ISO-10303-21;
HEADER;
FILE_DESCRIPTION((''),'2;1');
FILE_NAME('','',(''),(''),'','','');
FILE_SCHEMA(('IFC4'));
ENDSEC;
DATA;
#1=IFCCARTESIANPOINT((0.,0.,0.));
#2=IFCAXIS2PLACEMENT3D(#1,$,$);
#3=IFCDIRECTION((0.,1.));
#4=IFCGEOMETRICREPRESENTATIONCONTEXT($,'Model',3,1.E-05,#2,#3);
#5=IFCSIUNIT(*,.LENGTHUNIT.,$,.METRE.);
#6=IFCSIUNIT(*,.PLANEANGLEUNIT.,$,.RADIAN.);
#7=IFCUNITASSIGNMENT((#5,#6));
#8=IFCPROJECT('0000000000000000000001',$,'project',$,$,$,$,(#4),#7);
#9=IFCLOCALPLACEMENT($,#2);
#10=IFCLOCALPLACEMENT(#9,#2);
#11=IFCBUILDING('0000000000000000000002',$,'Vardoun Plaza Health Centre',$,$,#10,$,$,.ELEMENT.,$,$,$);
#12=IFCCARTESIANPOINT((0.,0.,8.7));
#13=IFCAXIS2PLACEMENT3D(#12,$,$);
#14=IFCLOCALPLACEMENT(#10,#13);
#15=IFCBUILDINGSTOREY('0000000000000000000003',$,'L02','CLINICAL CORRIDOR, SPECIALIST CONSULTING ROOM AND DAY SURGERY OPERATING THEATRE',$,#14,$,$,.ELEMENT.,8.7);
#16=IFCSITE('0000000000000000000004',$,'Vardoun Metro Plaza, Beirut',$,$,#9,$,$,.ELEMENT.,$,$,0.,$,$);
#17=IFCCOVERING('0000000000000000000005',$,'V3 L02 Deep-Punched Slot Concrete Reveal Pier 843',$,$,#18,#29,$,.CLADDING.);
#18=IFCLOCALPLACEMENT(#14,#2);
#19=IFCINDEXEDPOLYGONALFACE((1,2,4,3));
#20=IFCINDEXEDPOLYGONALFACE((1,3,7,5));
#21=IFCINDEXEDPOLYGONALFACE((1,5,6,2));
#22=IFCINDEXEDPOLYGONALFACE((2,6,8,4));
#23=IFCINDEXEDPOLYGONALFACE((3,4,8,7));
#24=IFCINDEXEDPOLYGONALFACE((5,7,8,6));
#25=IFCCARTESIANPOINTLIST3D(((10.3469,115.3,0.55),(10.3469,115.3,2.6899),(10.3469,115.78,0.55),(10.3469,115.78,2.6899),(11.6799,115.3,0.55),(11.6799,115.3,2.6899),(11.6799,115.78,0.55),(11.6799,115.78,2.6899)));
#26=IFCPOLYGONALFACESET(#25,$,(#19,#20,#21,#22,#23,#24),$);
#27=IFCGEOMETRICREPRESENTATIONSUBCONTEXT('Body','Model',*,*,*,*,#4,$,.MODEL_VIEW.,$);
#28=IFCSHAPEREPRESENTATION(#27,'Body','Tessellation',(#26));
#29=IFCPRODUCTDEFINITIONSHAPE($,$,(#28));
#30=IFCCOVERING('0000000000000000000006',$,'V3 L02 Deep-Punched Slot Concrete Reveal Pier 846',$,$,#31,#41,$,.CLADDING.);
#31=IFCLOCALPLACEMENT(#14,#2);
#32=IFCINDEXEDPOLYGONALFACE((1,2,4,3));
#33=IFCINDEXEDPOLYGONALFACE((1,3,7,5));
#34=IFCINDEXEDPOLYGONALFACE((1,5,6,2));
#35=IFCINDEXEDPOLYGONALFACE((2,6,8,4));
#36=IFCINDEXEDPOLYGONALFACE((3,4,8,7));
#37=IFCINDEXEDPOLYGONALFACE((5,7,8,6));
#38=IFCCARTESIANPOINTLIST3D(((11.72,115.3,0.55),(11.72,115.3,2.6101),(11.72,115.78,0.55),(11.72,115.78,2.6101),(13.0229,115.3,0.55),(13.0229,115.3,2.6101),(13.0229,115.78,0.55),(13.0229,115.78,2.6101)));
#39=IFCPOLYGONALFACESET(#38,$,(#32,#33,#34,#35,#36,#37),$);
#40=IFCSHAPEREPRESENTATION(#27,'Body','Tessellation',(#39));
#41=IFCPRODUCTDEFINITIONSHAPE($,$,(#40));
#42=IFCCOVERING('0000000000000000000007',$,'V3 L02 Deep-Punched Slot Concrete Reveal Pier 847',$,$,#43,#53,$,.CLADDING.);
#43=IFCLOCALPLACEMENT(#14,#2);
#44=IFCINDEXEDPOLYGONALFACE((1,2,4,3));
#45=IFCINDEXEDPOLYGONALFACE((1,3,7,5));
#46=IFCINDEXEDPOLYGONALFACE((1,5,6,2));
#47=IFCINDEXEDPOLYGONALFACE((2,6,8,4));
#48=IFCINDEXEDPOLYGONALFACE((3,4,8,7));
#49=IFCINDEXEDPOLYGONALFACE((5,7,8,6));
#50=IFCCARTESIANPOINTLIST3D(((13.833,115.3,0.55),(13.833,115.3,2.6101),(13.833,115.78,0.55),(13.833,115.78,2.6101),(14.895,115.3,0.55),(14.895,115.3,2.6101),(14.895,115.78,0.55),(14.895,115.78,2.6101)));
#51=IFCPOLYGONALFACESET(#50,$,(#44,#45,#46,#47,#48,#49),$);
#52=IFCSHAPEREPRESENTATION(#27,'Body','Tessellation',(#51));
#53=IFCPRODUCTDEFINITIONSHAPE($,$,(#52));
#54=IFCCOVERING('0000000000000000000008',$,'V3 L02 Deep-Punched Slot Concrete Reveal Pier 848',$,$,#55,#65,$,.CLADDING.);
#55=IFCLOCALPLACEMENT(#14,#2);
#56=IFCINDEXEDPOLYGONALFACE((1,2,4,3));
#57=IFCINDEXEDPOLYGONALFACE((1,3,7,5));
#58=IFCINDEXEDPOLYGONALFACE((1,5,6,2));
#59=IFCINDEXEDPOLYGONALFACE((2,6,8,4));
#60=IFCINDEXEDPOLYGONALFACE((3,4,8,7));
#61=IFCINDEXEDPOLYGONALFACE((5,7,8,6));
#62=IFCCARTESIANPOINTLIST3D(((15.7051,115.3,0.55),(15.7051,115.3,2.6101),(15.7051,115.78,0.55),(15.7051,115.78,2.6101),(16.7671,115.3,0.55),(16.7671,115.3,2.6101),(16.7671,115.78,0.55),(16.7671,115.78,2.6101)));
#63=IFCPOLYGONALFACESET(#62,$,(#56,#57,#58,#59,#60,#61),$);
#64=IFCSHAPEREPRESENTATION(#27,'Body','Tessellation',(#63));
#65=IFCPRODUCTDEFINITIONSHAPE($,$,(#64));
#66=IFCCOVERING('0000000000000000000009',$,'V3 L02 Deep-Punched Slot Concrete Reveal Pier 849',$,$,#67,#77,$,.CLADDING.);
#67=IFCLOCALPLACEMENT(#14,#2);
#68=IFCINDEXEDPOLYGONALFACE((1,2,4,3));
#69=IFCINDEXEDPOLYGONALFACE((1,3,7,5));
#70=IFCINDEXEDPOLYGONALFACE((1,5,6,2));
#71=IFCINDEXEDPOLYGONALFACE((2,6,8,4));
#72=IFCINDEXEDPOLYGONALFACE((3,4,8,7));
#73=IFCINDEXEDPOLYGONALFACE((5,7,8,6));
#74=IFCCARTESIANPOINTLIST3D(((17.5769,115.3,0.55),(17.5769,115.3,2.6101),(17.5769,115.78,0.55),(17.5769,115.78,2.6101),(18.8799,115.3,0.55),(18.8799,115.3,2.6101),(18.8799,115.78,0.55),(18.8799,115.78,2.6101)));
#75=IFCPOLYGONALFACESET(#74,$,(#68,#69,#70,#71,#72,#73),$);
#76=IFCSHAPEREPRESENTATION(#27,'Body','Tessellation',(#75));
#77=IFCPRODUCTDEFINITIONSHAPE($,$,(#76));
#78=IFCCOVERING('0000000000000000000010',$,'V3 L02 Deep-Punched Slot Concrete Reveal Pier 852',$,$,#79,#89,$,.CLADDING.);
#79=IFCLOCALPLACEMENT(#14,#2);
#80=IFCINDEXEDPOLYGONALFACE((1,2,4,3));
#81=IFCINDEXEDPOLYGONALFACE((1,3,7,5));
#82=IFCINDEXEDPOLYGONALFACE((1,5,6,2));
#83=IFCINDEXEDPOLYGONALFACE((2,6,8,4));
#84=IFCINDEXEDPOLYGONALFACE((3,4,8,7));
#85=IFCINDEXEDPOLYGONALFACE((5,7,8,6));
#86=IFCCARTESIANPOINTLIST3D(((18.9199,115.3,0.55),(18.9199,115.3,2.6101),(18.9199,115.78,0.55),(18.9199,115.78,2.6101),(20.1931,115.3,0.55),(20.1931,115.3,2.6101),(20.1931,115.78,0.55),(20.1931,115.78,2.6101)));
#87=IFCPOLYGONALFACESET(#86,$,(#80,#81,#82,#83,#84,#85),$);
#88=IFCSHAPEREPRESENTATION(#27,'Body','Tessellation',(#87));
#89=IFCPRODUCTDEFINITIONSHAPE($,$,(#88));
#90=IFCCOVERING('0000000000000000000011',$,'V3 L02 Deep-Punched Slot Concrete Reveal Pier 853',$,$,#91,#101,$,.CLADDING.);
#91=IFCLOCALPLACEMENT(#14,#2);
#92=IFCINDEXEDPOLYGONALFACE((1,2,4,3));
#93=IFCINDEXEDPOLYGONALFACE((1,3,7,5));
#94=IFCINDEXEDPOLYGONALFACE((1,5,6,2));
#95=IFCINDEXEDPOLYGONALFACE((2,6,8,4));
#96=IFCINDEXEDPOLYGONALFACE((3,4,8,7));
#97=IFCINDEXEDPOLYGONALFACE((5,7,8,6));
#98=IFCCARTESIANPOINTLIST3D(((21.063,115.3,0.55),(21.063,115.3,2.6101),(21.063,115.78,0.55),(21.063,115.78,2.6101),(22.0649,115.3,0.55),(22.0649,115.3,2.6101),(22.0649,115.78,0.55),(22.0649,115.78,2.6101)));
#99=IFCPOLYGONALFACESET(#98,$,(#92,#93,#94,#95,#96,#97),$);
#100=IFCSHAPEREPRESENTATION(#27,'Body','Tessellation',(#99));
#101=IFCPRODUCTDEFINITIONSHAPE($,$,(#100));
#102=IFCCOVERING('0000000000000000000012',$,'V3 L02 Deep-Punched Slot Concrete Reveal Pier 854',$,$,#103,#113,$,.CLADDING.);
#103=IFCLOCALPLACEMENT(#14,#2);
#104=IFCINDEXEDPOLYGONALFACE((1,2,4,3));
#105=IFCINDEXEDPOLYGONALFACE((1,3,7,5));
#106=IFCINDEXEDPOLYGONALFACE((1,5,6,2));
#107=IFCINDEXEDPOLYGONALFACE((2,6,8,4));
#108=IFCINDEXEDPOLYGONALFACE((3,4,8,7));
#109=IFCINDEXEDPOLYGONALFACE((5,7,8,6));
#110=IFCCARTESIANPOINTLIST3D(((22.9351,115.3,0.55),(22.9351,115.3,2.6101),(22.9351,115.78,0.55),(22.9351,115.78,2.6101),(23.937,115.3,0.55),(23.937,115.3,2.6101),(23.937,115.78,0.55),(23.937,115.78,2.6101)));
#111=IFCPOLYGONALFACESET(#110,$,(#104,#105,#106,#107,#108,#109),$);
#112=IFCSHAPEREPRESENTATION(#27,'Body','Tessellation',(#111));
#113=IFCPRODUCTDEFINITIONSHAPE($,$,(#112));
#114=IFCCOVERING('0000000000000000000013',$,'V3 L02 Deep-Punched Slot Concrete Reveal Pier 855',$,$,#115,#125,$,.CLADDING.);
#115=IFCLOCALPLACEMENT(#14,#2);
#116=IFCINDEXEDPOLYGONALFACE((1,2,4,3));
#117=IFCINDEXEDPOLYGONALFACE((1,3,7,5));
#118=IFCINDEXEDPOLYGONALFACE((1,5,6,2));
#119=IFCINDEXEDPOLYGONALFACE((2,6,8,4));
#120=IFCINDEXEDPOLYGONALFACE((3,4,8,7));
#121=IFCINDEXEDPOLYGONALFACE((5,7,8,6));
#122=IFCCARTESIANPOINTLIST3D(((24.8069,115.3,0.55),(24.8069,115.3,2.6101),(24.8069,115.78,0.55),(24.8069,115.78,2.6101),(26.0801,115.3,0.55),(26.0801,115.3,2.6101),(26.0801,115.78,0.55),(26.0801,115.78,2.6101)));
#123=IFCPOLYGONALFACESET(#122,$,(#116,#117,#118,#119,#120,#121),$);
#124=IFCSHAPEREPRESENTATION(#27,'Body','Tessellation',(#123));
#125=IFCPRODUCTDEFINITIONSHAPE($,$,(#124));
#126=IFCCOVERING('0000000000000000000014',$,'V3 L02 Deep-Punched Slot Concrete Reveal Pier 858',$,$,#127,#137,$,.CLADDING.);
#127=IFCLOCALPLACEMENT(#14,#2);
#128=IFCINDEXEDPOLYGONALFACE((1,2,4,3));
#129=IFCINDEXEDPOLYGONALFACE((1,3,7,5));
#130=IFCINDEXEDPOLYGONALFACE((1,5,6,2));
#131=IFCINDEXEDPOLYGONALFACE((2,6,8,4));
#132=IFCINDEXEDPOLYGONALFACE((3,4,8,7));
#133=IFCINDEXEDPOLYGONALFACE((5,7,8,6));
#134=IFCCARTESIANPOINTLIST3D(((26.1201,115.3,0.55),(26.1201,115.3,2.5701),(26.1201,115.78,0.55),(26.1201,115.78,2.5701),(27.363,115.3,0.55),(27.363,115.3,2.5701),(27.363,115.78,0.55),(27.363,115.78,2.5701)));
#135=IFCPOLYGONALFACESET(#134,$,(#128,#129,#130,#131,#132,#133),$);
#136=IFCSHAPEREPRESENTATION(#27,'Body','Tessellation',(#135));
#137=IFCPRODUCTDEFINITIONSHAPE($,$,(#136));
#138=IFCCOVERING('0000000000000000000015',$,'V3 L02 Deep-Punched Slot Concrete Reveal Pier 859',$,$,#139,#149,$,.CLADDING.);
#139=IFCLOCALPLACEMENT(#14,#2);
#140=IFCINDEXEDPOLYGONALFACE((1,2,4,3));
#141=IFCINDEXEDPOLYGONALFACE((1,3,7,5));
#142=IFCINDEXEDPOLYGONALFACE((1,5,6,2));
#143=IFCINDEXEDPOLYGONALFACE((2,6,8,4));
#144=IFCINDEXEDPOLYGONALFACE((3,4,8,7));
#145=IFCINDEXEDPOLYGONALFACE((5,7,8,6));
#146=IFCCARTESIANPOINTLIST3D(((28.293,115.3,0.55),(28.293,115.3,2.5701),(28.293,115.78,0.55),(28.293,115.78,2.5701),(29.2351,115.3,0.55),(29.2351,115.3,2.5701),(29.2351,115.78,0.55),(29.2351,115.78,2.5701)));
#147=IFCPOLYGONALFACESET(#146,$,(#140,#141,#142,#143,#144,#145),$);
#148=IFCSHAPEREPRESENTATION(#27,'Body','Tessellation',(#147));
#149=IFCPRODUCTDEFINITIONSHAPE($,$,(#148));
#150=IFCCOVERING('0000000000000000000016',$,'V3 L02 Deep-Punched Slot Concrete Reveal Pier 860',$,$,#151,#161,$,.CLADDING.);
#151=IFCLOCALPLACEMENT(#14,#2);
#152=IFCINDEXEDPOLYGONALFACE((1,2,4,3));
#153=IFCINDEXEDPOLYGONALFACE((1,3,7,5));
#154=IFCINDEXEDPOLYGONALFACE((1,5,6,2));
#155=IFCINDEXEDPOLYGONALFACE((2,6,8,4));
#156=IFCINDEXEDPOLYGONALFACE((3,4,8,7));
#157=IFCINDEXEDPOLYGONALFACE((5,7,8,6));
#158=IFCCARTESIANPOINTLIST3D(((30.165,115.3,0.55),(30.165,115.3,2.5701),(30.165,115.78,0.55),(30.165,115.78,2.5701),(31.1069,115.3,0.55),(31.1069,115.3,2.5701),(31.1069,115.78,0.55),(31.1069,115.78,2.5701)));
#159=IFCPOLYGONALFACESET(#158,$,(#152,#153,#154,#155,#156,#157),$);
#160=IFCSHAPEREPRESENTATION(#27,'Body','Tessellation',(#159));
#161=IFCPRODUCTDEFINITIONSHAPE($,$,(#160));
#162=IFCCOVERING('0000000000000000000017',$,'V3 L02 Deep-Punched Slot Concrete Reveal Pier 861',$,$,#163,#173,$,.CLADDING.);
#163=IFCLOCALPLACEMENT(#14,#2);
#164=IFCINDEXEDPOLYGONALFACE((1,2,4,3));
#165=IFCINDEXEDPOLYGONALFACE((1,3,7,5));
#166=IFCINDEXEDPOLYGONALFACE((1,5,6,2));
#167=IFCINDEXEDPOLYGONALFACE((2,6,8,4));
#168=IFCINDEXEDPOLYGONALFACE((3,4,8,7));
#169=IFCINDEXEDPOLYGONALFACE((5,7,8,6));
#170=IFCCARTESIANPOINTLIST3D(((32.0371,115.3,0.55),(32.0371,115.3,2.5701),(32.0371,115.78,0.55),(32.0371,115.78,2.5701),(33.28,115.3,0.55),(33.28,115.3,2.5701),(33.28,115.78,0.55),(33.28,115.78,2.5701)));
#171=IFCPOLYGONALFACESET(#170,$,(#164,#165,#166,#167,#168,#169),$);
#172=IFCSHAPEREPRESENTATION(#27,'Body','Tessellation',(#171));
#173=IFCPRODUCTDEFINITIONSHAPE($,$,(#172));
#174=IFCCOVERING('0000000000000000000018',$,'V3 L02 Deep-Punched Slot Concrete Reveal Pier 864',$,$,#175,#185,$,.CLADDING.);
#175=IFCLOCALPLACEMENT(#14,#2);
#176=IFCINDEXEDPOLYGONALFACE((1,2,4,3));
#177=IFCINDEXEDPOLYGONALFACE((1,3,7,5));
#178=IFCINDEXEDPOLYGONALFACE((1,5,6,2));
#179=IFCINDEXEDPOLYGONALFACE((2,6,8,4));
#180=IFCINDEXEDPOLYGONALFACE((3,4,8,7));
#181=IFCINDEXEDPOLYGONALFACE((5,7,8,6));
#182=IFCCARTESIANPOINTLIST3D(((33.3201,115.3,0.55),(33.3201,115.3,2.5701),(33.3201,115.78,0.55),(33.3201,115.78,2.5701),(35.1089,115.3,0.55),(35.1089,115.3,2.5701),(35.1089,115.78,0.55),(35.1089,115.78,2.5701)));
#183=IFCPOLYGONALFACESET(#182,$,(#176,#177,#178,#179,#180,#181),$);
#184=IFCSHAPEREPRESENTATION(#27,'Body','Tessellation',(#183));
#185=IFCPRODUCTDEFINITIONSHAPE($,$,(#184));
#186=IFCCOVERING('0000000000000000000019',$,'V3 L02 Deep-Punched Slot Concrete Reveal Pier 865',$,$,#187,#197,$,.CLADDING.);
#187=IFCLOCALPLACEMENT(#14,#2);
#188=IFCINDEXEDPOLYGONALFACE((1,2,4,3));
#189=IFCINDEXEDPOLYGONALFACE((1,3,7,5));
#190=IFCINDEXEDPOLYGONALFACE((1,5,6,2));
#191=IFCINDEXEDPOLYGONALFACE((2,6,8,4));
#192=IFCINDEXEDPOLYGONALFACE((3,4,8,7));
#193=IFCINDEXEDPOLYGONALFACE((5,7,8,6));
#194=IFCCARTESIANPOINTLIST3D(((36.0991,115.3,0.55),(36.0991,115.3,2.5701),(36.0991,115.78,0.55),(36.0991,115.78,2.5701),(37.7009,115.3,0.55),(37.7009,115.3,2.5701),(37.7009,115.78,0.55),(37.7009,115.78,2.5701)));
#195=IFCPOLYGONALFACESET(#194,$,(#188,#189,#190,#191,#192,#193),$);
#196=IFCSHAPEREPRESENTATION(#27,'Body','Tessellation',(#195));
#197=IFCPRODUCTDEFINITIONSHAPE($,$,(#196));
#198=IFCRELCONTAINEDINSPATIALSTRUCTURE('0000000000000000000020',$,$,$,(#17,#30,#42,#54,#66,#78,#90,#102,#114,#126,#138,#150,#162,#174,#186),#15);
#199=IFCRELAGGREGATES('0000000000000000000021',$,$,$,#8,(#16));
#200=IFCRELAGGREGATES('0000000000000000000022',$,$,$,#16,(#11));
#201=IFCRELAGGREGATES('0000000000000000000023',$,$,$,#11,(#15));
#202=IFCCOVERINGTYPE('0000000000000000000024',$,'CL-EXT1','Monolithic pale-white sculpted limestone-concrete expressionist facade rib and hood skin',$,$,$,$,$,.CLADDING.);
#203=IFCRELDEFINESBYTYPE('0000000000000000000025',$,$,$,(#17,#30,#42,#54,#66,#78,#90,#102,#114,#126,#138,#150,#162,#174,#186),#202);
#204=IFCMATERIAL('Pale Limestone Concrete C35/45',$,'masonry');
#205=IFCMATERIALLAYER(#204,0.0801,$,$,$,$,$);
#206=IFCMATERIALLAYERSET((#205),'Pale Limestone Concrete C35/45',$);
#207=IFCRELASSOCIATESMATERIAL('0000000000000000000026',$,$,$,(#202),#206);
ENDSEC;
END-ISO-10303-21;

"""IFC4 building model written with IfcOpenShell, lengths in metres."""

from ifc_helpers import new_model, si_unit, direction, frame, origin, place, context, subcontext, project, spatial, polyline, outline, extrude, material, layer, layer_set, type_object, element, save


model = new_model("IFC4")

# Units and contexts
model_context = context("Model", 3, precision=1e-05, world=origin(), true_north=direction((0.0, 1.0)))
body_context = subcontext(model_context, "Body", "Model", "MODEL_VIEW")
ifc_project = project(units=[si_unit("LENGTHUNIT", "METRE"), si_unit("PLANEANGLEUNIT", "RADIAN")], contexts=[model_context])

# Site, building, storey
site_placement = place(None, origin())
site = spatial("IfcSite", under=ifc_project, at=site_placement, Name="Vardoun Metro Plaza, Beirut", CompositionType="ELEMENT", RefElevation=0.0)
building_placement = place(site_placement, origin())
building = spatial("IfcBuilding", under=site, at=building_placement, Name="Vardoun Plaza Health Centre", CompositionType="ELEMENT")
storey_placement = place(building_placement, frame((0.0, 0.0, 8.7)))
storey = spatial("IfcBuildingStorey", under=building, at=storey_placement, Name="L02", Description="CLINICAL CORRIDOR, SPECIALIST CONSULTING ROOM AND DAY SURGERY OPERATING THEATRE", CompositionType="ELEMENT", Elevation=8.7)

# Coverings
ifc_material = material(Name="Pale Limestone Concrete C35/45", Category="masonry")
ifc_layer = layer(ifc_material, 0.0801)
ifc_layer_set = layer_set([ifc_layer], Name="Pale Limestone Concrete C35/45")
covering_type = type_object("IfcCoveringType", Name="CL-EXT1", Description="Monolithic pale-white sculpted limestone-concrete expressionist facade rib and hood skin", PredefinedType="CLADDING", material=ifc_layer_set)
covering_1_placement = place(storey_placement, frame((0.0, 0.0, 0.55)))
element("IfcCovering", 1, at=covering_1_placement, inside=storey, type_object=covering_type, Name="V3 L02 Deep-Punched Slot Concrete Reveal Pier 843", PredefinedType="CLADDING", context=body_context, shape_type="SweptSolid", body=[
    extrude(outline(polyline([(10.3469, 115.3), (11.6799, 115.3), (11.6799, 115.78), (10.3469, 115.78), (10.3469, 115.3)])), origin(), (0.0, 0.0, 1.0), 2.1399),
])
covering_2_placement = place(storey_placement, frame((0.0, 0.0, 0.55)))
element("IfcCovering", 2, at=covering_2_placement, inside=storey, type_object=covering_type, Name="V3 L02 Deep-Punched Slot Concrete Reveal Pier 846", PredefinedType="CLADDING", context=body_context, shape_type="SweptSolid", body=[
    extrude(outline(polyline([(11.72, 115.3), (13.0229, 115.3), (13.0229, 115.78), (11.72, 115.78), (11.72, 115.3)])), origin(), (0.0, 0.0, 1.0), 2.0601),
])
covering_3_placement = place(storey_placement, frame((0.0, 0.0, 0.55)))
element("IfcCovering", 3, at=covering_3_placement, inside=storey, type_object=covering_type, Name="V3 L02 Deep-Punched Slot Concrete Reveal Pier 847", PredefinedType="CLADDING", context=body_context, shape_type="SweptSolid", body=[
    extrude(outline(polyline([(13.833, 115.3), (14.895, 115.3), (14.895, 115.78), (13.833, 115.78), (13.833, 115.3)])), origin(), (0.0, 0.0, 1.0), 2.0601),
])
covering_4_placement = place(storey_placement, frame((0.0, 0.0, 0.55)))
element("IfcCovering", 4, at=covering_4_placement, inside=storey, type_object=covering_type, Name="V3 L02 Deep-Punched Slot Concrete Reveal Pier 848", PredefinedType="CLADDING", context=body_context, shape_type="SweptSolid", body=[
    extrude(outline(polyline([(15.7051, 115.3), (16.7671, 115.3), (16.7671, 115.78), (15.7051, 115.78), (15.7051, 115.3)])), origin(), (0.0, 0.0, 1.0), 2.0601),
])
covering_5_placement = place(storey_placement, frame((0.0, 0.0, 0.55)))
element("IfcCovering", 5, at=covering_5_placement, inside=storey, type_object=covering_type, Name="V3 L02 Deep-Punched Slot Concrete Reveal Pier 849", PredefinedType="CLADDING", context=body_context, shape_type="SweptSolid", body=[
    extrude(outline(polyline([(17.5769, 115.3), (18.8799, 115.3), (18.8799, 115.78), (17.5769, 115.78), (17.5769, 115.3)])), origin(), (0.0, 0.0, 1.0), 2.0601),
])
covering_6_placement = place(storey_placement, frame((0.0, 0.0, 0.55)))
element("IfcCovering", 6, at=covering_6_placement, inside=storey, type_object=covering_type, Name="V3 L02 Deep-Punched Slot Concrete Reveal Pier 852", PredefinedType="CLADDING", context=body_context, shape_type="SweptSolid", body=[
    extrude(outline(polyline([(18.9199, 115.3), (20.1931, 115.3), (20.1931, 115.78), (18.9199, 115.78), (18.9199, 115.3)])), origin(), (0.0, 0.0, 1.0), 2.0601),
])
covering_7_placement = place(storey_placement, frame((0.0, 0.0, 0.55)))
element("IfcCovering", 7, at=covering_7_placement, inside=storey, type_object=covering_type, Name="V3 L02 Deep-Punched Slot Concrete Reveal Pier 853", PredefinedType="CLADDING", context=body_context, shape_type="SweptSolid", body=[
    extrude(outline(polyline([(21.063, 115.3), (22.0649, 115.3), (22.0649, 115.78), (21.063, 115.78), (21.063, 115.3)])), origin(), (0.0, 0.0, 1.0), 2.0601),
])
covering_8_placement = place(storey_placement, frame((0.0, 0.0, 0.55)))
element("IfcCovering", 8, at=covering_8_placement, inside=storey, type_object=covering_type, Name="V3 L02 Deep-Punched Slot Concrete Reveal Pier 854", PredefinedType="CLADDING", context=body_context, shape_type="SweptSolid", body=[
    extrude(outline(polyline([(22.9351, 115.3), (23.937, 115.3), (23.937, 115.78), (22.9351, 115.78), (22.9351, 115.3)])), origin(), (0.0, 0.0, 1.0), 2.0601),
])
covering_9_placement = place(storey_placement, frame((0.0, 0.0, 0.55)))
element("IfcCovering", 9, at=covering_9_placement, inside=storey, type_object=covering_type, Name="V3 L02 Deep-Punched Slot Concrete Reveal Pier 855", PredefinedType="CLADDING", context=body_context, shape_type="SweptSolid", body=[
    extrude(outline(polyline([(24.8069, 115.3), (26.0801, 115.3), (26.0801, 115.78), (24.8069, 115.78), (24.8069, 115.3)])), origin(), (0.0, 0.0, 1.0), 2.0601),
])
covering_10_placement = place(storey_placement, frame((0.0, 0.0, 0.55)))
element("IfcCovering", 10, at=covering_10_placement, inside=storey, type_object=covering_type, Name="V3 L02 Deep-Punched Slot Concrete Reveal Pier 858", PredefinedType="CLADDING", context=body_context, shape_type="SweptSolid", body=[
    extrude(outline(polyline([(26.1201, 115.3), (27.363, 115.3), (27.363, 115.78), (26.1201, 115.78), (26.1201, 115.3)])), origin(), (0.0, 0.0, 1.0), 2.02),
])
covering_11_placement = place(storey_placement, frame((0.0, 0.0, 0.55)))
element("IfcCovering", 11, at=covering_11_placement, inside=storey, type_object=covering_type, Name="V3 L02 Deep-Punched Slot Concrete Reveal Pier 859", PredefinedType="CLADDING", context=body_context, shape_type="SweptSolid", body=[
    extrude(outline(polyline([(28.293, 115.3), (29.2351, 115.3), (29.2351, 115.78), (28.293, 115.78), (28.293, 115.3)])), origin(), (0.0, 0.0, 1.0), 2.02),
])
covering_12_placement = place(storey_placement, frame((0.0, 0.0, 0.55)))
element("IfcCovering", 12, at=covering_12_placement, inside=storey, type_object=covering_type, Name="V3 L02 Deep-Punched Slot Concrete Reveal Pier 860", PredefinedType="CLADDING", context=body_context, shape_type="SweptSolid", body=[
    extrude(outline(polyline([(30.165, 115.3), (31.1069, 115.3), (31.1069, 115.78), (30.165, 115.78), (30.165, 115.3)])), origin(), (0.0, 0.0, 1.0), 2.02),
])
covering_13_placement = place(storey_placement, frame((0.0, 0.0, 0.55)))
element("IfcCovering", 13, at=covering_13_placement, inside=storey, type_object=covering_type, Name="V3 L02 Deep-Punched Slot Concrete Reveal Pier 861", PredefinedType="CLADDING", context=body_context, shape_type="SweptSolid", body=[
    extrude(outline(polyline([(32.0371, 115.3), (33.28, 115.3), (33.28, 115.78), (32.0371, 115.78), (32.0371, 115.3)])), origin(), (0.0, 0.0, 1.0), 2.02),
])
covering_14_placement = place(storey_placement, frame((0.0, 0.0, 0.55)))
element("IfcCovering", 14, at=covering_14_placement, inside=storey, type_object=covering_type, Name="V3 L02 Deep-Punched Slot Concrete Reveal Pier 864", PredefinedType="CLADDING", context=body_context, shape_type="SweptSolid", body=[
    extrude(outline(polyline([(33.3201, 115.3), (35.1089, 115.3), (35.1089, 115.78), (33.3201, 115.78), (33.3201, 115.3)])), origin(), (0.0, 0.0, 1.0), 2.02),
])
covering_15_placement = place(storey_placement, frame((0.0, 0.0, 0.55)))
element("IfcCovering", 15, at=covering_15_placement, inside=storey, type_object=covering_type, Name="V3 L02 Deep-Punched Slot Concrete Reveal Pier 865", PredefinedType="CLADDING", context=body_context, shape_type="SweptSolid", body=[
    extrude(outline(polyline([(36.0991, 115.3), (37.7009, 115.3), (37.7009, 115.78), (36.0991, 115.78), (36.0991, 115.3)])), origin(), (0.0, 0.0, 1.0), 2.02),
])

save(model, "model.ifc")
